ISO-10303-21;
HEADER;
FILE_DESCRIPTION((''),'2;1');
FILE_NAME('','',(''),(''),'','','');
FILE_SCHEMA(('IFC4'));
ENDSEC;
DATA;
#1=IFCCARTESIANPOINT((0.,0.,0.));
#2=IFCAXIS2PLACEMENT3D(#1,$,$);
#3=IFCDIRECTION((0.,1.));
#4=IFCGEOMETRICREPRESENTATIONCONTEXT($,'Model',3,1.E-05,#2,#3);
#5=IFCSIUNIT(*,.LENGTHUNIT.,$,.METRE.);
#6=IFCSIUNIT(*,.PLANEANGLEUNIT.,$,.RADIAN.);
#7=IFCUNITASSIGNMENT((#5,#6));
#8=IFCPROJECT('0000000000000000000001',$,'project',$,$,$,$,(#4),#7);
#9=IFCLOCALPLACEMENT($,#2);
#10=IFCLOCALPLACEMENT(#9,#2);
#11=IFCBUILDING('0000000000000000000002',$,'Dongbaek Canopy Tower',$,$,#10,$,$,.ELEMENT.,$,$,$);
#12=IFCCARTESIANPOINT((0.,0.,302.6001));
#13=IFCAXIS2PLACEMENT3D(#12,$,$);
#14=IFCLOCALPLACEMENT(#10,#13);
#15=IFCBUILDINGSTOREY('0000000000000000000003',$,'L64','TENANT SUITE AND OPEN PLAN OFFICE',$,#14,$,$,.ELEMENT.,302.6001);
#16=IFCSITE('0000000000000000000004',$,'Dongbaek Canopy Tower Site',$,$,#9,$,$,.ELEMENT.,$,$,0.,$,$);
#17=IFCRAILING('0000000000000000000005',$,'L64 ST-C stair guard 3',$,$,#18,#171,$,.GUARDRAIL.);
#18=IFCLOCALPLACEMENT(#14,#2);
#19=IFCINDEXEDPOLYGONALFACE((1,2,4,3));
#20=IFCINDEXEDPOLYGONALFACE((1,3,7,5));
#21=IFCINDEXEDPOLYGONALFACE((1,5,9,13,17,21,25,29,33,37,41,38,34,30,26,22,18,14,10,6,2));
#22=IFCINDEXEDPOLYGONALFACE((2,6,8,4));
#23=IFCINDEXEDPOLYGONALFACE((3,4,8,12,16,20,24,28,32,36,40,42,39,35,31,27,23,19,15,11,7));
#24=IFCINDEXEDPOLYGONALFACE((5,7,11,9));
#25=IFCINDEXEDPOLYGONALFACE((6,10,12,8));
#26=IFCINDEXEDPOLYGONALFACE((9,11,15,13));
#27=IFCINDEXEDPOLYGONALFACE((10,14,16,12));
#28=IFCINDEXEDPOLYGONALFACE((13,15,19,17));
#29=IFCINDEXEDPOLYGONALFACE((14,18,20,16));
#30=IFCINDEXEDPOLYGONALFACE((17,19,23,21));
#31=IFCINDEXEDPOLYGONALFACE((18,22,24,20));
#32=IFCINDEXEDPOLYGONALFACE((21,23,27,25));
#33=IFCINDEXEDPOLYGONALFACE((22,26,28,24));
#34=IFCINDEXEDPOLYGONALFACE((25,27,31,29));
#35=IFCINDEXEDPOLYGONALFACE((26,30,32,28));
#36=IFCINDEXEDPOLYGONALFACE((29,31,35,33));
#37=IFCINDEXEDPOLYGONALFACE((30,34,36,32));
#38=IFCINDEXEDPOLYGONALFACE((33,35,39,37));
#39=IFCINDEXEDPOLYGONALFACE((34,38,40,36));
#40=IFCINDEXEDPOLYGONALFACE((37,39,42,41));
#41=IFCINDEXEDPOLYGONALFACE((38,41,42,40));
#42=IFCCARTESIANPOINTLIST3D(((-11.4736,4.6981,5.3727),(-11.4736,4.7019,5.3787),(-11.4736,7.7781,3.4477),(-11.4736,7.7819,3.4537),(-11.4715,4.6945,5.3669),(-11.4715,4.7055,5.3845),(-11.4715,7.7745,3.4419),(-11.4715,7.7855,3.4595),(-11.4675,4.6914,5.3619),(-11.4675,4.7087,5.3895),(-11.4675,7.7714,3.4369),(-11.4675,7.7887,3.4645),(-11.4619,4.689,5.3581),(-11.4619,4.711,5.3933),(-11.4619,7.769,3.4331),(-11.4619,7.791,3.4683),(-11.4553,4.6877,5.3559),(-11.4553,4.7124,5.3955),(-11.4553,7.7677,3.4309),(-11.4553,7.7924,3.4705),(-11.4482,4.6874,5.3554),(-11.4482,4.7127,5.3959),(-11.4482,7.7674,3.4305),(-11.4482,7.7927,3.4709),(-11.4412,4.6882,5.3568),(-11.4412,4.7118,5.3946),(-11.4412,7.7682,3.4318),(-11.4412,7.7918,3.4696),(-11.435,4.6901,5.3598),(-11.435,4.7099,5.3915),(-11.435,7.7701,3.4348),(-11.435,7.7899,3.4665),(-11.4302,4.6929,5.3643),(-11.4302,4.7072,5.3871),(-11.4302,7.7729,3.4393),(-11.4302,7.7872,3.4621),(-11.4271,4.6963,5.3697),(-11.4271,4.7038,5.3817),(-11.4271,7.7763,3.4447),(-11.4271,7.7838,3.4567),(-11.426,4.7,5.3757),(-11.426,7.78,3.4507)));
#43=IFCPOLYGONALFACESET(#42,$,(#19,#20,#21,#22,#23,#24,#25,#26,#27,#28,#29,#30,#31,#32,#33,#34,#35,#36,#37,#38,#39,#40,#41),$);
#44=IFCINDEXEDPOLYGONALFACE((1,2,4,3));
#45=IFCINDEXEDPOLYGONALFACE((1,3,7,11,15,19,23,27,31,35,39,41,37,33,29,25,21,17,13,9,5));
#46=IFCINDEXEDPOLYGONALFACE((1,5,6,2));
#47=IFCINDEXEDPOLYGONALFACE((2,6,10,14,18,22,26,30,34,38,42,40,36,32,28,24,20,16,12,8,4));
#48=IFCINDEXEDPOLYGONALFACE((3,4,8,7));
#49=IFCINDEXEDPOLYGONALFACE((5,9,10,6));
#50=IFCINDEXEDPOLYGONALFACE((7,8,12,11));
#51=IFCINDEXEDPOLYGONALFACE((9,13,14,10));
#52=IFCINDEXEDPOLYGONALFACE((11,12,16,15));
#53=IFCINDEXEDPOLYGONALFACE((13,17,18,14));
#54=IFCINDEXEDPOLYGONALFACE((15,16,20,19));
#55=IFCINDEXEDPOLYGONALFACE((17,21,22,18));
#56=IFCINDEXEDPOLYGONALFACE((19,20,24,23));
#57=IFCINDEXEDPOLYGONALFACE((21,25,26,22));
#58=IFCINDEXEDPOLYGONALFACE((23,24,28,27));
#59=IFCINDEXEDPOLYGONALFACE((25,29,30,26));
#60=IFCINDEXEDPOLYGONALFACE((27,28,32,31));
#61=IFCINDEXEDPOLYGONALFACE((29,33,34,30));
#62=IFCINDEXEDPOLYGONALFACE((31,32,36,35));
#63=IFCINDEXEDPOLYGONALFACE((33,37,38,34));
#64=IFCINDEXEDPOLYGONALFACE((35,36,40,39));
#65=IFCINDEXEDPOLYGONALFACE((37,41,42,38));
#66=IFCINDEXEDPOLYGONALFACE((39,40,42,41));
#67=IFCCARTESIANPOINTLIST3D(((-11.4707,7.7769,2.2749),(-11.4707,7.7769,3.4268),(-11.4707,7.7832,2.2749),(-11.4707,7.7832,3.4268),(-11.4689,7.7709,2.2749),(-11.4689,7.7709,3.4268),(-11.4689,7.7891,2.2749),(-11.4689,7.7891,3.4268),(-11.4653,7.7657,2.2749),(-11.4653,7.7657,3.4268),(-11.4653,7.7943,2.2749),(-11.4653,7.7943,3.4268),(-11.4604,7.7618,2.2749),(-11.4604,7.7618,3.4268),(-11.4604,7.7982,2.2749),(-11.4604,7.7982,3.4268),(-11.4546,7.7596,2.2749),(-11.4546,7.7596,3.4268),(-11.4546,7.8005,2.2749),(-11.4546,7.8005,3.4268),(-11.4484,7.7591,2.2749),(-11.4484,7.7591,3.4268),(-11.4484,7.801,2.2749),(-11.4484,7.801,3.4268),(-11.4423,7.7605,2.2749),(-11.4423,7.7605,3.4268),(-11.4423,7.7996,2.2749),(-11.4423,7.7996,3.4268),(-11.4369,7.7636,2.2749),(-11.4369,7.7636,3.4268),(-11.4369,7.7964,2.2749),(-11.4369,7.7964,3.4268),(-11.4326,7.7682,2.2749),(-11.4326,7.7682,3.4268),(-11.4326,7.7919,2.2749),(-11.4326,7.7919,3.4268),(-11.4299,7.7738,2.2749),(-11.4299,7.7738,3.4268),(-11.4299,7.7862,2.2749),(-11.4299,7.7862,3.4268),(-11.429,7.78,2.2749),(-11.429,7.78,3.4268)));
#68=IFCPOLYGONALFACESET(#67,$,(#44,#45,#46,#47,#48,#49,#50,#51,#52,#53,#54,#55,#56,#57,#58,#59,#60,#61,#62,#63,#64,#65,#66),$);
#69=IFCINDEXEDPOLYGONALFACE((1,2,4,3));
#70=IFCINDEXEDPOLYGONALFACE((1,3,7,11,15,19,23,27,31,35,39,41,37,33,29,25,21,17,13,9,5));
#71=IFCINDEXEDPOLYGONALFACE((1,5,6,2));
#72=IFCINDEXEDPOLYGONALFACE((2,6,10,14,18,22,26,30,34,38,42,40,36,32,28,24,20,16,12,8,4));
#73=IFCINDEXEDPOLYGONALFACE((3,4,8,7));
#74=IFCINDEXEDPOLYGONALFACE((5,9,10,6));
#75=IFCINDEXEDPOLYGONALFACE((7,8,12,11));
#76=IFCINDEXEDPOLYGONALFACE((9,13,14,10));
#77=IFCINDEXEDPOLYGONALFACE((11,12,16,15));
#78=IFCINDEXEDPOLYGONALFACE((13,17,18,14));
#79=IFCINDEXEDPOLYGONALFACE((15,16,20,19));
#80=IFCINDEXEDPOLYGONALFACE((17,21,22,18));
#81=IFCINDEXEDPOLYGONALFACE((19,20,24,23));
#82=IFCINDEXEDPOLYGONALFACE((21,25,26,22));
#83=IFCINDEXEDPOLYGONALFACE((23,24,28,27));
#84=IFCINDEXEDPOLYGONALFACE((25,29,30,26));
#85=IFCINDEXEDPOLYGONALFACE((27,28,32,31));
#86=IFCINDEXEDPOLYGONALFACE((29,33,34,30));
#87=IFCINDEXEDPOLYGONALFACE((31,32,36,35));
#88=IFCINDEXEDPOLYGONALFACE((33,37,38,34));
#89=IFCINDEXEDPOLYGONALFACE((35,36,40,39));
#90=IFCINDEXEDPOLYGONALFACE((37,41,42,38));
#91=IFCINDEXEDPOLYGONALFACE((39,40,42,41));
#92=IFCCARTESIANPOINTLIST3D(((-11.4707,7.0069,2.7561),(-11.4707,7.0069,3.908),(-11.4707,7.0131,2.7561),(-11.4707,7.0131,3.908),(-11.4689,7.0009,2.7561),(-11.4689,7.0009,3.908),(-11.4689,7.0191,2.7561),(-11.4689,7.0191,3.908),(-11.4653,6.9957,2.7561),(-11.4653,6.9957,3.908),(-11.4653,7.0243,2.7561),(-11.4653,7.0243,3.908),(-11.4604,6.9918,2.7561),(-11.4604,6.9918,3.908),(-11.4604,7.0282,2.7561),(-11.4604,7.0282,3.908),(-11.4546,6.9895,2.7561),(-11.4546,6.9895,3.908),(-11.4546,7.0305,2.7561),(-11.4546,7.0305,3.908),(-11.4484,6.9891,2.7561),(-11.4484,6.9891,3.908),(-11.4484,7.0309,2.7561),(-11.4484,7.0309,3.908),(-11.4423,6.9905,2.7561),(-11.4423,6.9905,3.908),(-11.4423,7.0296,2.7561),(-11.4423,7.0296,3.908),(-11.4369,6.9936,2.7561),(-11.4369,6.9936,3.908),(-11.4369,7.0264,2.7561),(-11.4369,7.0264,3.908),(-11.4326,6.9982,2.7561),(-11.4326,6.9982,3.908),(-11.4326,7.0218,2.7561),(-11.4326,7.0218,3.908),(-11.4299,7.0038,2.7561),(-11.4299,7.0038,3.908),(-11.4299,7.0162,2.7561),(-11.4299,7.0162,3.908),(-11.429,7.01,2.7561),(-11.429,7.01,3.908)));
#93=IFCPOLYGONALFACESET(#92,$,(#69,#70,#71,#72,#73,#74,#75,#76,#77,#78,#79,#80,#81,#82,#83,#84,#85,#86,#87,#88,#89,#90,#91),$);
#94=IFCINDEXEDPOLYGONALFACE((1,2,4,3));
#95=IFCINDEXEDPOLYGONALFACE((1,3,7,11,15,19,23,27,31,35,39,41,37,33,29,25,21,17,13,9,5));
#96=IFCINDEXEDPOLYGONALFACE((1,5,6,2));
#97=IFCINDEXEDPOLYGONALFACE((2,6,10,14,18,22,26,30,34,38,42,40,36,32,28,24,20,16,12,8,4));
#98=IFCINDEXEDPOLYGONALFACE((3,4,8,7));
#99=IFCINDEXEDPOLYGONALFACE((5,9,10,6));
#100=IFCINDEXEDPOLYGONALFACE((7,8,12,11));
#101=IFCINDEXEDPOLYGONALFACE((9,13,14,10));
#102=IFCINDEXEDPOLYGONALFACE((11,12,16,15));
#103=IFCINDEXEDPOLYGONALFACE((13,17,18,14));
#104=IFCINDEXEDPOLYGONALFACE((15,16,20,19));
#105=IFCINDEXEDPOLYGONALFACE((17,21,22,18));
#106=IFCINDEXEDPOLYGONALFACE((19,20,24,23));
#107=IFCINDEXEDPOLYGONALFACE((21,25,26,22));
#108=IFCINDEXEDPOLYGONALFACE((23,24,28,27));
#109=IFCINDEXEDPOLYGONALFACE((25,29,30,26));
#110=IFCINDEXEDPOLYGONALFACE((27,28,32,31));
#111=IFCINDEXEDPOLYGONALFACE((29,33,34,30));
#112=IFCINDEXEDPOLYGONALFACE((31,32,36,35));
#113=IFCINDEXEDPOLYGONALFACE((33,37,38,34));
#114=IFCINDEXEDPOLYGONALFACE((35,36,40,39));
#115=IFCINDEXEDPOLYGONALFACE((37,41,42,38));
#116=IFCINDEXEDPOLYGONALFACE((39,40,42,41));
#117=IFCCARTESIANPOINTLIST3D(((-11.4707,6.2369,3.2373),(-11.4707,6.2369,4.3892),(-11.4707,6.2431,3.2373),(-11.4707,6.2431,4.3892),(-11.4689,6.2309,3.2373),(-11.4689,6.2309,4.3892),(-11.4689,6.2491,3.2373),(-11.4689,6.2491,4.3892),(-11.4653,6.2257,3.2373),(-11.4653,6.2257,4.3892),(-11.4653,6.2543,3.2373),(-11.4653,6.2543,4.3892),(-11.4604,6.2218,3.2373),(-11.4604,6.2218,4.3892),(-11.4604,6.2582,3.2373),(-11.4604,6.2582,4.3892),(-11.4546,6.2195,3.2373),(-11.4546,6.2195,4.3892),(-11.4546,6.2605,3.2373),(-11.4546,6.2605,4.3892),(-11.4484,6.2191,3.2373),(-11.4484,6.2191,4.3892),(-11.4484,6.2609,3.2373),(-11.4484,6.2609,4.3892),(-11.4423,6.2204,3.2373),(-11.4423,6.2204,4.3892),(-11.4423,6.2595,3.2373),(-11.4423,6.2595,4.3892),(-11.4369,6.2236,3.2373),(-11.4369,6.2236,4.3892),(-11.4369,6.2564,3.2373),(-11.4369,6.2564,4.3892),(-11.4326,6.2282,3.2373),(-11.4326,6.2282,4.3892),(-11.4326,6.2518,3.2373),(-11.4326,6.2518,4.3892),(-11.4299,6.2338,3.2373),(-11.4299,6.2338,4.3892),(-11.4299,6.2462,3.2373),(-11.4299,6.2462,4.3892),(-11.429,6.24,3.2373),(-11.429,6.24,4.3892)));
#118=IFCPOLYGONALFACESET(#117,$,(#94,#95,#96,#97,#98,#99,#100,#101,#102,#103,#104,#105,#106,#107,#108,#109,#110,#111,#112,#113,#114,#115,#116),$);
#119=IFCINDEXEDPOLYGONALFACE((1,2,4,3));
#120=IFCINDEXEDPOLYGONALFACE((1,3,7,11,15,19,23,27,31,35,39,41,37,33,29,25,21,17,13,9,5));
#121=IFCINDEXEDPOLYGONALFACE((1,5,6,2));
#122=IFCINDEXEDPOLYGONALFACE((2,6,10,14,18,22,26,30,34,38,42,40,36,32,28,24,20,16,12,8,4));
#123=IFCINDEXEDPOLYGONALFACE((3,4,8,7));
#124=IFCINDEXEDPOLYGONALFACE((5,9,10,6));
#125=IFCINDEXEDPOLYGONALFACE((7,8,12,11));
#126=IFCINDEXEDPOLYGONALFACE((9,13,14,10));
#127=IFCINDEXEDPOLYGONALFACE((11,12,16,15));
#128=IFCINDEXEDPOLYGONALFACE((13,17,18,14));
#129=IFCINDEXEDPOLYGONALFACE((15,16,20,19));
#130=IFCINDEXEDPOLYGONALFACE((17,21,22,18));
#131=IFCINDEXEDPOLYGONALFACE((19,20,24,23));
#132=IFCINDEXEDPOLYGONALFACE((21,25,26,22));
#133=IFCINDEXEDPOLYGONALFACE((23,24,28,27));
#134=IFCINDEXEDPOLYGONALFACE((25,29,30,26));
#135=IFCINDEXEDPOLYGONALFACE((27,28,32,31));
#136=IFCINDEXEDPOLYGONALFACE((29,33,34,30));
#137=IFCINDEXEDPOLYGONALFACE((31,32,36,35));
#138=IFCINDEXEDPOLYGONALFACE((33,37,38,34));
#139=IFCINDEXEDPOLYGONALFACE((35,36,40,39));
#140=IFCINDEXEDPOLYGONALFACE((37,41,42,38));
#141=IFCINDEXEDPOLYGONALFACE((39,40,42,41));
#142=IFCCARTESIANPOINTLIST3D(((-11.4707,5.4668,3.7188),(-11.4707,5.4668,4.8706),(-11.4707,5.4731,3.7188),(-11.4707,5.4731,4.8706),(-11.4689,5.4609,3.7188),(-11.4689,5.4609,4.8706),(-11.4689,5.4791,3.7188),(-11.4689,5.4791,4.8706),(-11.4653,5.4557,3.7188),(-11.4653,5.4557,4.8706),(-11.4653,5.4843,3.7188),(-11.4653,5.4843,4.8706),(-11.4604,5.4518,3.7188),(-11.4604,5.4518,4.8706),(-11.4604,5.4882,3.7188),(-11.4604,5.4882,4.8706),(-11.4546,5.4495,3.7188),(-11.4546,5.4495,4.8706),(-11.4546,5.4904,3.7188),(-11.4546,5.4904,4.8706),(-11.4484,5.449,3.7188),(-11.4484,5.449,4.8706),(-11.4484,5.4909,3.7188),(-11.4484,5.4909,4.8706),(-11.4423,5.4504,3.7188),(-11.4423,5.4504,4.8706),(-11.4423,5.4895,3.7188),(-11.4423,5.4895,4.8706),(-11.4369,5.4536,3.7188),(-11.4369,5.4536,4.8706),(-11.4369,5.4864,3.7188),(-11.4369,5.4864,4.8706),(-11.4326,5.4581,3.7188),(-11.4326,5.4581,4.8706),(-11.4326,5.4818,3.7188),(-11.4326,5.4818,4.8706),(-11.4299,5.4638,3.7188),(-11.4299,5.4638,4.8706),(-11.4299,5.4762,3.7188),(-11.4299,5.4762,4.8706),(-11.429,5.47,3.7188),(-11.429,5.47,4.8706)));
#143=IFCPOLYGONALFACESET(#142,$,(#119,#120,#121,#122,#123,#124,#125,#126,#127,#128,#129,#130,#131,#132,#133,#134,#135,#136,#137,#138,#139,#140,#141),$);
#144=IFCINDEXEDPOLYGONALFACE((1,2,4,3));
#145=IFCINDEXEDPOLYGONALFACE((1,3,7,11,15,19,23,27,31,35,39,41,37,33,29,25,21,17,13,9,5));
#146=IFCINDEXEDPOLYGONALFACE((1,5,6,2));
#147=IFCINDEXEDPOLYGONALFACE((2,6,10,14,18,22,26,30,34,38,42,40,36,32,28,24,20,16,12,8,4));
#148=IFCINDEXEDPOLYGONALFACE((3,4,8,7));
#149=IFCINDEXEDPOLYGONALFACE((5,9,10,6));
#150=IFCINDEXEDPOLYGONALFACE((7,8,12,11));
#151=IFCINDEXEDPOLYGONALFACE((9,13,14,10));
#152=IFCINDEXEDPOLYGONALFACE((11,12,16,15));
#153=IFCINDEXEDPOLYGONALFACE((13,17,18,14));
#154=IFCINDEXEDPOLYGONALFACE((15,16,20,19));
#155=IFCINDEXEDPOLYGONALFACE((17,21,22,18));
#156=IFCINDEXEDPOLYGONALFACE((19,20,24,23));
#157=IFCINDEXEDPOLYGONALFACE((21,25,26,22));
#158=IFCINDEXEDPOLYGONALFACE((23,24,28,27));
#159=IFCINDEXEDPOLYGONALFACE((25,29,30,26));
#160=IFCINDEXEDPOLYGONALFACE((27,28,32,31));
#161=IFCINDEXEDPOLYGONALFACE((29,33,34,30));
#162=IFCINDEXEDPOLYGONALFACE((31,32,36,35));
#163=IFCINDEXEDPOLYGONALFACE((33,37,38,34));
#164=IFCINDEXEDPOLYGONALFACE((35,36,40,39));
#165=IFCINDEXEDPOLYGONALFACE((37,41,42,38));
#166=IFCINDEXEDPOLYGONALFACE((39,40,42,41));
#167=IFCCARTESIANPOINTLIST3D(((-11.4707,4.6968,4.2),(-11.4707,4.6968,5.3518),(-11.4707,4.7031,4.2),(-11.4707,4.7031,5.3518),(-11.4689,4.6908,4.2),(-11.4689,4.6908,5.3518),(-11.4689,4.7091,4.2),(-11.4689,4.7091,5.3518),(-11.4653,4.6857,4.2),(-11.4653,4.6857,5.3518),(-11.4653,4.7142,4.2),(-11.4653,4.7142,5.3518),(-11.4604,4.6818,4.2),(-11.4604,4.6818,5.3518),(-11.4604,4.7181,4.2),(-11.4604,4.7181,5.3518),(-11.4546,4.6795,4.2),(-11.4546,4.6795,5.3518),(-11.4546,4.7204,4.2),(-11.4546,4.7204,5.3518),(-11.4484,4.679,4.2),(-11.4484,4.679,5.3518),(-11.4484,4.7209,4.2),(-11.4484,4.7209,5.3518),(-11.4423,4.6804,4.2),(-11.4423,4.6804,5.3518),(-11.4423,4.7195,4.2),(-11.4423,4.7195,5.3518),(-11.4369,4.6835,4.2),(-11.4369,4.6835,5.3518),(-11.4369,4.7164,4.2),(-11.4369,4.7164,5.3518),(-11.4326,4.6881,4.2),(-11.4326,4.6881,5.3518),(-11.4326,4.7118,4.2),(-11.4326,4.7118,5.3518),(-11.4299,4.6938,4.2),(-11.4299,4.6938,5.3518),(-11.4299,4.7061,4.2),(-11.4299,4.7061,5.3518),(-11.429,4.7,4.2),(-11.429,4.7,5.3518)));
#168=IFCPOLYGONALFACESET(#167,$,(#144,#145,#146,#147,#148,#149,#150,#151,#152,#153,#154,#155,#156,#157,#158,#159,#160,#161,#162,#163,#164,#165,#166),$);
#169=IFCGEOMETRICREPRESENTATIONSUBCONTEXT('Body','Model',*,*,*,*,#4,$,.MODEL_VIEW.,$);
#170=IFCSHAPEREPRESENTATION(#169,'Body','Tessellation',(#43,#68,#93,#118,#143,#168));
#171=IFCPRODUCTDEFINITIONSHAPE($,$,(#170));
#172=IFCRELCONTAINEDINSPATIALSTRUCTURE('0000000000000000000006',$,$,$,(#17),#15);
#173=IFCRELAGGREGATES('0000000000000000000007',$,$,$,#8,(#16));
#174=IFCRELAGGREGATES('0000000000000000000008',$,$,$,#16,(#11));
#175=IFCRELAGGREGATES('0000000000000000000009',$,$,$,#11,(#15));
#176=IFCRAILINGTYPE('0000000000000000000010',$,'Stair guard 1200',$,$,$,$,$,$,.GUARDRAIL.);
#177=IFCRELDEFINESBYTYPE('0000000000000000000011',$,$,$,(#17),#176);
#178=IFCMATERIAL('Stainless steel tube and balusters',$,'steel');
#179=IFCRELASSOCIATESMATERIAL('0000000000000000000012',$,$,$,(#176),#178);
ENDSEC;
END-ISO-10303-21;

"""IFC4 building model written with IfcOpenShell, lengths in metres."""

from ifc_helpers import new_model, si_unit, direction, frame, origin, origin_2d, place, context, subcontext, project, spatial, circle, extrude, material, type_object, element, save


model = new_model("IFC4")

# Units and contexts
model_context = context("Model", 3, precision=1e-05, world=origin(), true_north=direction((0.0, 1.0)))
body_context = subcontext(model_context, "Body", "Model", "MODEL_VIEW")
ifc_project = project(units=[si_unit("LENGTHUNIT", "METRE"), si_unit("PLANEANGLEUNIT", "RADIAN")], contexts=[model_context])

# Site, building, storey
site_placement = place(None, origin())
site = spatial("IfcSite", under=ifc_project, at=site_placement, Name="Dongbaek Canopy Tower Site", CompositionType="ELEMENT", RefElevation=0.0)
building_placement = place(site_placement, origin())
building = spatial("IfcBuilding", under=site, at=building_placement, Name="Dongbaek Canopy Tower", CompositionType="ELEMENT")
storey_placement = place(building_placement, frame((0.0, 0.0, 302.6001)))
storey = spatial("IfcBuildingStorey", under=building, at=storey_placement, Name="L64", Description="TENANT SUITE AND OPEN PLAN OFFICE", CompositionType="ELEMENT", Elevation=302.6001)

# Railing
ifc_material_1 = material(Name="Stainless steel tube and balusters", Category="steel")
railing_type_1 = type_object("IfcRailingType", Name="Stair guard 1200", PredefinedType="GUARDRAIL", material=ifc_material_1)
railing_1_placement = place(storey_placement, frame((-11.45, 7.78, 2.2749)))
element("IfcRailing", 1, at=railing_1_placement, inside=storey, type_object=railing_type_1, Name="L64 ST-C stair guard 3", PredefinedType="GUARDRAIL", context=body_context, shape_type="SweptSolid", body=[
    extrude(circle(Radius=0.0239, at=origin_2d()), frame((0.0, 0.0, 1.1758), z_axis=(0.0, -0.847998, 0.529999), x_axis=(1.0, 0.0, 0.0)), (0.0, 0.0, 1.0), 3.6321),
    extrude(circle(Radius=0.021, at=origin_2d()), origin(), (0.0, 0.0, 1.0), 1.1519),
    extrude(circle(Radius=0.021, at=origin_2d()), frame((0.0, -0.77, 0.4812)), (0.0, 0.0, 1.0), 1.1519),
    extrude(circle(Radius=0.021, at=origin_2d()), frame((0.0, -1.54, 0.9624)), (0.0, 0.0, 1.0), 1.1519),
    extrude(circle(Radius=0.021, at=origin_2d()), frame((0.0, -2.3101, 1.4438)), (0.0, 0.0, 1.0), 1.1519),
    extrude(circle(Radius=0.021, at=origin_2d()), frame((0.0, -3.0801, 1.925)), (0.0, 0.0, 1.0), 1.1519),
])

save(model, "model.ifc")
